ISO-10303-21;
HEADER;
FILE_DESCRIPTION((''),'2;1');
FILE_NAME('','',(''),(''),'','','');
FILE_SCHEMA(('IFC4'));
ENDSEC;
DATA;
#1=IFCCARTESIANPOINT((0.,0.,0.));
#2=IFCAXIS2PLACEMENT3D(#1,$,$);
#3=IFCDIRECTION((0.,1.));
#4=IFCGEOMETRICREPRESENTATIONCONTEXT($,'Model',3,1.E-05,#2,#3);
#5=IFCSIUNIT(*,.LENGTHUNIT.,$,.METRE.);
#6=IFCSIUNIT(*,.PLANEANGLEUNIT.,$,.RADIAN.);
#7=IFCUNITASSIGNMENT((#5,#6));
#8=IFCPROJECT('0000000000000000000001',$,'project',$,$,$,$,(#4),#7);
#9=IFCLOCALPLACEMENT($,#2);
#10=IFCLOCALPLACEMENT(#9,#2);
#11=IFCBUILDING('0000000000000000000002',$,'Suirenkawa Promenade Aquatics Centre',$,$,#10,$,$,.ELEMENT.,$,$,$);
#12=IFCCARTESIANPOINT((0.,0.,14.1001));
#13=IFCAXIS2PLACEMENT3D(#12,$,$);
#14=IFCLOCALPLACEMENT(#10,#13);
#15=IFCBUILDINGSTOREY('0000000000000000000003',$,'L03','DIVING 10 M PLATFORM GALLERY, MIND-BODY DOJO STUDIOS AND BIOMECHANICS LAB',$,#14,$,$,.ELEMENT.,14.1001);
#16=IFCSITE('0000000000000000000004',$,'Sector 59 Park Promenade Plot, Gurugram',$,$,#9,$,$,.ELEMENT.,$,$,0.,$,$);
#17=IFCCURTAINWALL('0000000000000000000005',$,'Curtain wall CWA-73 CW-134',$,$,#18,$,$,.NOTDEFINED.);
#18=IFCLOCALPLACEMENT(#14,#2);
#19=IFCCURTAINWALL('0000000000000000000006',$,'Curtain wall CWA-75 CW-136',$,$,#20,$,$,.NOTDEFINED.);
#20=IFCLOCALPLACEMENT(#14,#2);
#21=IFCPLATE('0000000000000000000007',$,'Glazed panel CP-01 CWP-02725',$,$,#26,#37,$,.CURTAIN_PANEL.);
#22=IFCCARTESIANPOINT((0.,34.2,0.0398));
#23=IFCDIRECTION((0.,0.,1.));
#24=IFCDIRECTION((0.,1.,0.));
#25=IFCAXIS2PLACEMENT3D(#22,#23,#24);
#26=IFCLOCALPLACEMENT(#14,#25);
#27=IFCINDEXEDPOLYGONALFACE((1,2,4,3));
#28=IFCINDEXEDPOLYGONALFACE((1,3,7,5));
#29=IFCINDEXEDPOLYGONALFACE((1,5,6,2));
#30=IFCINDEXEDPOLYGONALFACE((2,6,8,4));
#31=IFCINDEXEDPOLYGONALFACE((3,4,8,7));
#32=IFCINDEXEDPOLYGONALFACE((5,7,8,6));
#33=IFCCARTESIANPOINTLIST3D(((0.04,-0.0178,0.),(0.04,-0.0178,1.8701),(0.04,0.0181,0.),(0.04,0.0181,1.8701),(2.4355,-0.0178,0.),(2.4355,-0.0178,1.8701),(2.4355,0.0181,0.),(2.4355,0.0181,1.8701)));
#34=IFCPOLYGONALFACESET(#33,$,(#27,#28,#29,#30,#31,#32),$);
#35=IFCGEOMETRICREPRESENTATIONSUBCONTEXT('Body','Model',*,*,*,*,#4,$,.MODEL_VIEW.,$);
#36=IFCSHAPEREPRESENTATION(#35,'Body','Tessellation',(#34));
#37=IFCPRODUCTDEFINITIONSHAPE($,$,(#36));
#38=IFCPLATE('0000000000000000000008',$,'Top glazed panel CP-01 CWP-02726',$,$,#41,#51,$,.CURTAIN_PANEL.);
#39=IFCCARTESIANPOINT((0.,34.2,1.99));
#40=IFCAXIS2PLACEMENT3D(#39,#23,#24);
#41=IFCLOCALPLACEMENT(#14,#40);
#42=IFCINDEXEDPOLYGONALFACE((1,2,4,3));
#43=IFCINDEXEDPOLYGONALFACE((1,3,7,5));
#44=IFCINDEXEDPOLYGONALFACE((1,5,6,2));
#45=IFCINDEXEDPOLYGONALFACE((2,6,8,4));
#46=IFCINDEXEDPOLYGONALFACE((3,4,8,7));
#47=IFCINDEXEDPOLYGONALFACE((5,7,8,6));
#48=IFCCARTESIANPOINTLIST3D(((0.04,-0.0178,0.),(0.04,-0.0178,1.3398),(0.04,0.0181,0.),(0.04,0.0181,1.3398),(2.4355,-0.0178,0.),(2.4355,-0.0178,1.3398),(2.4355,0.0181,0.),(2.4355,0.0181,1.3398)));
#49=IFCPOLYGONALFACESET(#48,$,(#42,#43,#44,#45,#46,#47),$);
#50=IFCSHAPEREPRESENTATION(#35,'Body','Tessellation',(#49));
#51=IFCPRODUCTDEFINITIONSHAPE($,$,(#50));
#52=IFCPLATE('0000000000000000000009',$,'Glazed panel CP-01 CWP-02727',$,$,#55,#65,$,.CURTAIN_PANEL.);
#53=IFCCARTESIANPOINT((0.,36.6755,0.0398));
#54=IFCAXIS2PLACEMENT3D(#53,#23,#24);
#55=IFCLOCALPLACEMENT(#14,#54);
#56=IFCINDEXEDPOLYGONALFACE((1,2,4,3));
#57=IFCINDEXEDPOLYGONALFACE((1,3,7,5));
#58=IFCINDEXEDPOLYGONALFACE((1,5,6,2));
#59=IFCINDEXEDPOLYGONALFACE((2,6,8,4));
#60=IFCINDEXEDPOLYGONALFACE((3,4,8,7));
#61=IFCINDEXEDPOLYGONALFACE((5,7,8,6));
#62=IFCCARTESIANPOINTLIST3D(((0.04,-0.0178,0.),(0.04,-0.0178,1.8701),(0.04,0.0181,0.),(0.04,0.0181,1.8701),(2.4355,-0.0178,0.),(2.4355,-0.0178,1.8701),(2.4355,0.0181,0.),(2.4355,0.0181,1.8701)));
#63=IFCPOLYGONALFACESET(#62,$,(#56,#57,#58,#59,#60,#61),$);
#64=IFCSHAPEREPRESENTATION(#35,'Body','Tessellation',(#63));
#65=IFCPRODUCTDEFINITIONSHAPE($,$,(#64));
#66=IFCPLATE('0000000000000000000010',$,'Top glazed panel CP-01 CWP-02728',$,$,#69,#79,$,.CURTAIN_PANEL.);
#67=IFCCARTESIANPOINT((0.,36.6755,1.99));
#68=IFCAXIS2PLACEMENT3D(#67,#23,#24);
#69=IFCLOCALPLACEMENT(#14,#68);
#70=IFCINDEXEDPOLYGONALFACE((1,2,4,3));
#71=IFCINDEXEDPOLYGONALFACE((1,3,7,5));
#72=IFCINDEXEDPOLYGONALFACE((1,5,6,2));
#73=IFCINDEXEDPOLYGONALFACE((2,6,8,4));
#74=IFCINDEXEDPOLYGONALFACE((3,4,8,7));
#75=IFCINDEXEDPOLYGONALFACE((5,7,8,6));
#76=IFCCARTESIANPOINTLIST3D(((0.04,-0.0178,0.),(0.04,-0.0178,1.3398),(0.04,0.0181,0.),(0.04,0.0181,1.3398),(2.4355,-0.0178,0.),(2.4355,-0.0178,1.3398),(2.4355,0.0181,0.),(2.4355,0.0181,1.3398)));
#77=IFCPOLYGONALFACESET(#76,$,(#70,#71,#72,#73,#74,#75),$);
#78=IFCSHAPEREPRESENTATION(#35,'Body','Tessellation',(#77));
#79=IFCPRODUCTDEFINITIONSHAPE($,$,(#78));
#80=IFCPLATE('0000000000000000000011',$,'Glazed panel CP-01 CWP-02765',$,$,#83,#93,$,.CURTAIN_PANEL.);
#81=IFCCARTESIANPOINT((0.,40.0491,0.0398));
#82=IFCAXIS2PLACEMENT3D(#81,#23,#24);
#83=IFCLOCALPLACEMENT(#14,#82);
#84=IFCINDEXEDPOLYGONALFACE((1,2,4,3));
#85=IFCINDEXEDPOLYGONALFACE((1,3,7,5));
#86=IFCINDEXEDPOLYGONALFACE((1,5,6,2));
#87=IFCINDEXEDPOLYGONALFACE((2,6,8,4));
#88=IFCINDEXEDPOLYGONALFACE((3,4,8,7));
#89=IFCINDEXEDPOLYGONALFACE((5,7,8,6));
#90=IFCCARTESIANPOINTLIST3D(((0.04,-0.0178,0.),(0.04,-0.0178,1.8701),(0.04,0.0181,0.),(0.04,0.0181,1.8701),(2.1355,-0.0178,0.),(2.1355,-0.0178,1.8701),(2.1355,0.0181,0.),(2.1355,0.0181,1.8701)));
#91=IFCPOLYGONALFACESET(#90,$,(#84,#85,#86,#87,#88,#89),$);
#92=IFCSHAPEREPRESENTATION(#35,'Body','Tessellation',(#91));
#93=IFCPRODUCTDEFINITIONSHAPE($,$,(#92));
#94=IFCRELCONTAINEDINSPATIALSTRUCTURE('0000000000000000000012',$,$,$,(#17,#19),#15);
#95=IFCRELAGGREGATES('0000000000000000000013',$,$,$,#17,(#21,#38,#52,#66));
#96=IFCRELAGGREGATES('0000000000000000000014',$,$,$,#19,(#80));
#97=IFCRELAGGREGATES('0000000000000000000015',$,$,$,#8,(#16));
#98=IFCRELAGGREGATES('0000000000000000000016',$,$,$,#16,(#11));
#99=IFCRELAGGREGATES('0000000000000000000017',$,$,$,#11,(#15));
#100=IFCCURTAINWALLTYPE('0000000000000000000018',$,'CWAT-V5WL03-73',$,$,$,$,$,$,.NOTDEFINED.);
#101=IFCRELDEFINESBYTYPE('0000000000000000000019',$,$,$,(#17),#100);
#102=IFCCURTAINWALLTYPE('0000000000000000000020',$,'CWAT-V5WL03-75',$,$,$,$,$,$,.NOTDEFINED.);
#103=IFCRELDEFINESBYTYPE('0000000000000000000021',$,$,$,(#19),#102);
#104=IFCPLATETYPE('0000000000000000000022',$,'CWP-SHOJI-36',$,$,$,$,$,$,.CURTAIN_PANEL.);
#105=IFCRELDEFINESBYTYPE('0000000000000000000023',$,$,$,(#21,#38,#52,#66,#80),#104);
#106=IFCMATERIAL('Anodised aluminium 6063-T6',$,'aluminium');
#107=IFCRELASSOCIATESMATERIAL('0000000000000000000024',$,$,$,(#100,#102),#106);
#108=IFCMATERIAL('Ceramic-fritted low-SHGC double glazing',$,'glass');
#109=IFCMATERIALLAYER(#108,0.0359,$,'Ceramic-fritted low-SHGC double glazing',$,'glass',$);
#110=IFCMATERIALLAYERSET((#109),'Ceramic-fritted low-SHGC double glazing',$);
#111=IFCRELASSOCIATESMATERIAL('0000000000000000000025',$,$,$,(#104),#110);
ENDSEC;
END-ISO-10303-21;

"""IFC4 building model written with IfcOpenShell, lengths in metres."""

from ifc_helpers import new_model, si_unit, direction, frame, origin, place, context, subcontext, project, spatial, polyline, outline, extrude, material, layer, layer_set, type_object, element, aggregate, save


model = new_model("IFC4")

# Units and contexts
model_context = context("Model", 3, precision=1e-05, world=origin(), true_north=direction((0.0, 1.0)))
body_context = subcontext(model_context, "Body", "Model", "MODEL_VIEW")
ifc_project = project(units=[si_unit("LENGTHUNIT", "METRE"), si_unit("PLANEANGLEUNIT", "RADIAN")], contexts=[model_context])

# Site, building, storey
site_placement = place(None, origin())
site = spatial("IfcSite", under=ifc_project, at=site_placement, Name="Sector 59 Park Promenade Plot, Gurugram", CompositionType="ELEMENT", RefElevation=0.0)
building_placement = place(site_placement, origin())
building = spatial("IfcBuilding", under=site, at=building_placement, Name="Suirenkawa Promenade Aquatics Centre", CompositionType="ELEMENT")
storey_placement = place(building_placement, frame((0.0, 0.0, 14.1001)))
storey = spatial("IfcBuildingStorey", under=building, at=storey_placement, Name="L03", Description="DIVING 10 M PLATFORM GALLERY, MIND-BODY DOJO STUDIOS AND BIOMECHANICS LAB", CompositionType="ELEMENT", Elevation=14.1001)

# Curtain wall
ifc_material_1 = material(Name="Anodised aluminium 6063-T6", Category="aluminium")
curtain_wall_type_1 = type_object("IfcCurtainWallType", Name="CWAT-V5WL03-73", PredefinedType="NOTDEFINED", material=ifc_material_1)
curtain_wall_1_placement = place(storey_placement, origin())
curtain_wall_1 = element("IfcCurtainWall", 1, at=curtain_wall_1_placement, inside=storey, type_object=curtain_wall_type_1, Name="Curtain wall CWA-73 CW-134", PredefinedType="NOTDEFINED")

# Curtain wall
curtain_wall_type_2 = type_object("IfcCurtainWallType", Name="CWAT-V5WL03-75", PredefinedType="NOTDEFINED", material=ifc_material_1)
curtain_wall_2_placement = place(storey_placement, origin())
curtain_wall_2 = element("IfcCurtainWall", 2, at=curtain_wall_2_placement, inside=storey, type_object=curtain_wall_type_2, Name="Curtain wall CWA-75 CW-136", PredefinedType="NOTDEFINED")

# Plates
ifc_material_2 = material(Name="Ceramic-fritted low-SHGC double glazing", Category="glass")
ifc_layer = layer(ifc_material_2, 0.0359, Name="Ceramic-fritted low-SHGC double glazing", Category="glass")
ifc_layer_set = layer_set([ifc_layer], Name="Ceramic-fritted low-SHGC double glazing")
plate_type = type_object("IfcPlateType", Name="CWP-SHOJI-36", PredefinedType="CURTAIN_PANEL", material=ifc_layer_set)
plate_1_placement = place(storey_placement, frame((0.0, 34.2, 0.0398), z_axis=(0.0, 0.0, 1.0), x_axis=(0.0, 1.0, 0.0)))
plate_1 = element("IfcPlate", 3, at=plate_1_placement, type_object=plate_type, Name="Glazed panel CP-01 CWP-02725", PredefinedType="CURTAIN_PANEL", context=body_context, shape_type="SweptSolid", body=[
    extrude(outline(polyline([(0.04, 0.0), (2.4355, 0.0), (2.4355, 1.8701), (0.04, 1.8701), (0.04, 0.0)])), frame((0.0, 0.0181, 0.0), z_axis=(0.0, -1.0, 0.0), x_axis=(1.0, 0.0, 0.0)), (0.0, 0.0, 1.0), 0.0359),
])
plate_2_placement = place(storey_placement, frame((0.0, 34.2, 1.99), z_axis=(0.0, 0.0, 1.0), x_axis=(0.0, 1.0, 0.0)))
plate_2 = element("IfcPlate", 4, at=plate_2_placement, type_object=plate_type, Name="Top glazed panel CP-01 CWP-02726", PredefinedType="CURTAIN_PANEL", context=body_context, shape_type="SweptSolid", body=[
    extrude(outline(polyline([(0.04, 0.0), (2.4355, 0.0), (2.4355, 1.3398), (0.04, 1.3398), (0.04, 0.0)])), frame((0.0, 0.0181, 0.0), z_axis=(0.0, -1.0, 0.0), x_axis=(1.0, 0.0, 0.0)), (0.0, 0.0, 1.0), 0.0359),
])
plate_3_placement = place(storey_placement, frame((0.0, 36.6755, 0.0398), z_axis=(0.0, 0.0, 1.0), x_axis=(0.0, 1.0, 0.0)))
plate_3 = element("IfcPlate", 5, at=plate_3_placement, type_object=plate_type, Name="Glazed panel CP-01 CWP-02727", PredefinedType="CURTAIN_PANEL", context=body_context, shape_type="SweptSolid", body=[
    extrude(outline(polyline([(0.04, 0.0), (2.4355, 0.0), (2.4355, 1.8701), (0.04, 1.8701), (0.04, 0.0)])), frame((0.0, 0.0181, 0.0), z_axis=(0.0, -1.0, 0.0), x_axis=(1.0, 0.0, 0.0)), (0.0, 0.0, 1.0), 0.0359),
])
plate_4_placement = place(storey_placement, frame((0.0, 36.6755, 1.99), z_axis=(0.0, 0.0, 1.0), x_axis=(0.0, 1.0, 0.0)))
plate_4 = element("IfcPlate", 6, at=plate_4_placement, type_object=plate_type, Name="Top glazed panel CP-01 CWP-02728", PredefinedType="CURTAIN_PANEL", context=body_context, shape_type="SweptSolid", body=[
    extrude(outline(polyline([(0.04, 0.0), (2.4355, 0.0), (2.4355, 1.3398), (0.04, 1.3398), (0.04, 0.0)])), frame((0.0, 0.0181, 0.0), z_axis=(0.0, -1.0, 0.0), x_axis=(1.0, 0.0, 0.0)), (0.0, 0.0, 1.0), 0.0359),
])
aggregate(curtain_wall_1, [plate_1, plate_2, plate_3, plate_4])
plate_5_placement = place(storey_placement, frame((0.0, 40.0491, 0.0398), z_axis=(0.0, 0.0, 1.0), x_axis=(0.0, 1.0, 0.0)))
plate_5 = element("IfcPlate", 7, at=plate_5_placement, type_object=plate_type, Name="Glazed panel CP-01 CWP-02765", PredefinedType="CURTAIN_PANEL", context=body_context, shape_type="SweptSolid", body=[
    extrude(outline(polyline([(0.04, 0.0), (2.1355, 0.0), (2.1355, 1.8701), (0.04, 1.8701), (0.04, 0.0)])), frame((0.0, 0.0181, 0.0), z_axis=(0.0, -1.0, 0.0), x_axis=(1.0, 0.0, 0.0)), (0.0, 0.0, 1.0), 0.0359),
])
aggregate(curtain_wall_2, [plate_5])

save(model, "model.ifc")
